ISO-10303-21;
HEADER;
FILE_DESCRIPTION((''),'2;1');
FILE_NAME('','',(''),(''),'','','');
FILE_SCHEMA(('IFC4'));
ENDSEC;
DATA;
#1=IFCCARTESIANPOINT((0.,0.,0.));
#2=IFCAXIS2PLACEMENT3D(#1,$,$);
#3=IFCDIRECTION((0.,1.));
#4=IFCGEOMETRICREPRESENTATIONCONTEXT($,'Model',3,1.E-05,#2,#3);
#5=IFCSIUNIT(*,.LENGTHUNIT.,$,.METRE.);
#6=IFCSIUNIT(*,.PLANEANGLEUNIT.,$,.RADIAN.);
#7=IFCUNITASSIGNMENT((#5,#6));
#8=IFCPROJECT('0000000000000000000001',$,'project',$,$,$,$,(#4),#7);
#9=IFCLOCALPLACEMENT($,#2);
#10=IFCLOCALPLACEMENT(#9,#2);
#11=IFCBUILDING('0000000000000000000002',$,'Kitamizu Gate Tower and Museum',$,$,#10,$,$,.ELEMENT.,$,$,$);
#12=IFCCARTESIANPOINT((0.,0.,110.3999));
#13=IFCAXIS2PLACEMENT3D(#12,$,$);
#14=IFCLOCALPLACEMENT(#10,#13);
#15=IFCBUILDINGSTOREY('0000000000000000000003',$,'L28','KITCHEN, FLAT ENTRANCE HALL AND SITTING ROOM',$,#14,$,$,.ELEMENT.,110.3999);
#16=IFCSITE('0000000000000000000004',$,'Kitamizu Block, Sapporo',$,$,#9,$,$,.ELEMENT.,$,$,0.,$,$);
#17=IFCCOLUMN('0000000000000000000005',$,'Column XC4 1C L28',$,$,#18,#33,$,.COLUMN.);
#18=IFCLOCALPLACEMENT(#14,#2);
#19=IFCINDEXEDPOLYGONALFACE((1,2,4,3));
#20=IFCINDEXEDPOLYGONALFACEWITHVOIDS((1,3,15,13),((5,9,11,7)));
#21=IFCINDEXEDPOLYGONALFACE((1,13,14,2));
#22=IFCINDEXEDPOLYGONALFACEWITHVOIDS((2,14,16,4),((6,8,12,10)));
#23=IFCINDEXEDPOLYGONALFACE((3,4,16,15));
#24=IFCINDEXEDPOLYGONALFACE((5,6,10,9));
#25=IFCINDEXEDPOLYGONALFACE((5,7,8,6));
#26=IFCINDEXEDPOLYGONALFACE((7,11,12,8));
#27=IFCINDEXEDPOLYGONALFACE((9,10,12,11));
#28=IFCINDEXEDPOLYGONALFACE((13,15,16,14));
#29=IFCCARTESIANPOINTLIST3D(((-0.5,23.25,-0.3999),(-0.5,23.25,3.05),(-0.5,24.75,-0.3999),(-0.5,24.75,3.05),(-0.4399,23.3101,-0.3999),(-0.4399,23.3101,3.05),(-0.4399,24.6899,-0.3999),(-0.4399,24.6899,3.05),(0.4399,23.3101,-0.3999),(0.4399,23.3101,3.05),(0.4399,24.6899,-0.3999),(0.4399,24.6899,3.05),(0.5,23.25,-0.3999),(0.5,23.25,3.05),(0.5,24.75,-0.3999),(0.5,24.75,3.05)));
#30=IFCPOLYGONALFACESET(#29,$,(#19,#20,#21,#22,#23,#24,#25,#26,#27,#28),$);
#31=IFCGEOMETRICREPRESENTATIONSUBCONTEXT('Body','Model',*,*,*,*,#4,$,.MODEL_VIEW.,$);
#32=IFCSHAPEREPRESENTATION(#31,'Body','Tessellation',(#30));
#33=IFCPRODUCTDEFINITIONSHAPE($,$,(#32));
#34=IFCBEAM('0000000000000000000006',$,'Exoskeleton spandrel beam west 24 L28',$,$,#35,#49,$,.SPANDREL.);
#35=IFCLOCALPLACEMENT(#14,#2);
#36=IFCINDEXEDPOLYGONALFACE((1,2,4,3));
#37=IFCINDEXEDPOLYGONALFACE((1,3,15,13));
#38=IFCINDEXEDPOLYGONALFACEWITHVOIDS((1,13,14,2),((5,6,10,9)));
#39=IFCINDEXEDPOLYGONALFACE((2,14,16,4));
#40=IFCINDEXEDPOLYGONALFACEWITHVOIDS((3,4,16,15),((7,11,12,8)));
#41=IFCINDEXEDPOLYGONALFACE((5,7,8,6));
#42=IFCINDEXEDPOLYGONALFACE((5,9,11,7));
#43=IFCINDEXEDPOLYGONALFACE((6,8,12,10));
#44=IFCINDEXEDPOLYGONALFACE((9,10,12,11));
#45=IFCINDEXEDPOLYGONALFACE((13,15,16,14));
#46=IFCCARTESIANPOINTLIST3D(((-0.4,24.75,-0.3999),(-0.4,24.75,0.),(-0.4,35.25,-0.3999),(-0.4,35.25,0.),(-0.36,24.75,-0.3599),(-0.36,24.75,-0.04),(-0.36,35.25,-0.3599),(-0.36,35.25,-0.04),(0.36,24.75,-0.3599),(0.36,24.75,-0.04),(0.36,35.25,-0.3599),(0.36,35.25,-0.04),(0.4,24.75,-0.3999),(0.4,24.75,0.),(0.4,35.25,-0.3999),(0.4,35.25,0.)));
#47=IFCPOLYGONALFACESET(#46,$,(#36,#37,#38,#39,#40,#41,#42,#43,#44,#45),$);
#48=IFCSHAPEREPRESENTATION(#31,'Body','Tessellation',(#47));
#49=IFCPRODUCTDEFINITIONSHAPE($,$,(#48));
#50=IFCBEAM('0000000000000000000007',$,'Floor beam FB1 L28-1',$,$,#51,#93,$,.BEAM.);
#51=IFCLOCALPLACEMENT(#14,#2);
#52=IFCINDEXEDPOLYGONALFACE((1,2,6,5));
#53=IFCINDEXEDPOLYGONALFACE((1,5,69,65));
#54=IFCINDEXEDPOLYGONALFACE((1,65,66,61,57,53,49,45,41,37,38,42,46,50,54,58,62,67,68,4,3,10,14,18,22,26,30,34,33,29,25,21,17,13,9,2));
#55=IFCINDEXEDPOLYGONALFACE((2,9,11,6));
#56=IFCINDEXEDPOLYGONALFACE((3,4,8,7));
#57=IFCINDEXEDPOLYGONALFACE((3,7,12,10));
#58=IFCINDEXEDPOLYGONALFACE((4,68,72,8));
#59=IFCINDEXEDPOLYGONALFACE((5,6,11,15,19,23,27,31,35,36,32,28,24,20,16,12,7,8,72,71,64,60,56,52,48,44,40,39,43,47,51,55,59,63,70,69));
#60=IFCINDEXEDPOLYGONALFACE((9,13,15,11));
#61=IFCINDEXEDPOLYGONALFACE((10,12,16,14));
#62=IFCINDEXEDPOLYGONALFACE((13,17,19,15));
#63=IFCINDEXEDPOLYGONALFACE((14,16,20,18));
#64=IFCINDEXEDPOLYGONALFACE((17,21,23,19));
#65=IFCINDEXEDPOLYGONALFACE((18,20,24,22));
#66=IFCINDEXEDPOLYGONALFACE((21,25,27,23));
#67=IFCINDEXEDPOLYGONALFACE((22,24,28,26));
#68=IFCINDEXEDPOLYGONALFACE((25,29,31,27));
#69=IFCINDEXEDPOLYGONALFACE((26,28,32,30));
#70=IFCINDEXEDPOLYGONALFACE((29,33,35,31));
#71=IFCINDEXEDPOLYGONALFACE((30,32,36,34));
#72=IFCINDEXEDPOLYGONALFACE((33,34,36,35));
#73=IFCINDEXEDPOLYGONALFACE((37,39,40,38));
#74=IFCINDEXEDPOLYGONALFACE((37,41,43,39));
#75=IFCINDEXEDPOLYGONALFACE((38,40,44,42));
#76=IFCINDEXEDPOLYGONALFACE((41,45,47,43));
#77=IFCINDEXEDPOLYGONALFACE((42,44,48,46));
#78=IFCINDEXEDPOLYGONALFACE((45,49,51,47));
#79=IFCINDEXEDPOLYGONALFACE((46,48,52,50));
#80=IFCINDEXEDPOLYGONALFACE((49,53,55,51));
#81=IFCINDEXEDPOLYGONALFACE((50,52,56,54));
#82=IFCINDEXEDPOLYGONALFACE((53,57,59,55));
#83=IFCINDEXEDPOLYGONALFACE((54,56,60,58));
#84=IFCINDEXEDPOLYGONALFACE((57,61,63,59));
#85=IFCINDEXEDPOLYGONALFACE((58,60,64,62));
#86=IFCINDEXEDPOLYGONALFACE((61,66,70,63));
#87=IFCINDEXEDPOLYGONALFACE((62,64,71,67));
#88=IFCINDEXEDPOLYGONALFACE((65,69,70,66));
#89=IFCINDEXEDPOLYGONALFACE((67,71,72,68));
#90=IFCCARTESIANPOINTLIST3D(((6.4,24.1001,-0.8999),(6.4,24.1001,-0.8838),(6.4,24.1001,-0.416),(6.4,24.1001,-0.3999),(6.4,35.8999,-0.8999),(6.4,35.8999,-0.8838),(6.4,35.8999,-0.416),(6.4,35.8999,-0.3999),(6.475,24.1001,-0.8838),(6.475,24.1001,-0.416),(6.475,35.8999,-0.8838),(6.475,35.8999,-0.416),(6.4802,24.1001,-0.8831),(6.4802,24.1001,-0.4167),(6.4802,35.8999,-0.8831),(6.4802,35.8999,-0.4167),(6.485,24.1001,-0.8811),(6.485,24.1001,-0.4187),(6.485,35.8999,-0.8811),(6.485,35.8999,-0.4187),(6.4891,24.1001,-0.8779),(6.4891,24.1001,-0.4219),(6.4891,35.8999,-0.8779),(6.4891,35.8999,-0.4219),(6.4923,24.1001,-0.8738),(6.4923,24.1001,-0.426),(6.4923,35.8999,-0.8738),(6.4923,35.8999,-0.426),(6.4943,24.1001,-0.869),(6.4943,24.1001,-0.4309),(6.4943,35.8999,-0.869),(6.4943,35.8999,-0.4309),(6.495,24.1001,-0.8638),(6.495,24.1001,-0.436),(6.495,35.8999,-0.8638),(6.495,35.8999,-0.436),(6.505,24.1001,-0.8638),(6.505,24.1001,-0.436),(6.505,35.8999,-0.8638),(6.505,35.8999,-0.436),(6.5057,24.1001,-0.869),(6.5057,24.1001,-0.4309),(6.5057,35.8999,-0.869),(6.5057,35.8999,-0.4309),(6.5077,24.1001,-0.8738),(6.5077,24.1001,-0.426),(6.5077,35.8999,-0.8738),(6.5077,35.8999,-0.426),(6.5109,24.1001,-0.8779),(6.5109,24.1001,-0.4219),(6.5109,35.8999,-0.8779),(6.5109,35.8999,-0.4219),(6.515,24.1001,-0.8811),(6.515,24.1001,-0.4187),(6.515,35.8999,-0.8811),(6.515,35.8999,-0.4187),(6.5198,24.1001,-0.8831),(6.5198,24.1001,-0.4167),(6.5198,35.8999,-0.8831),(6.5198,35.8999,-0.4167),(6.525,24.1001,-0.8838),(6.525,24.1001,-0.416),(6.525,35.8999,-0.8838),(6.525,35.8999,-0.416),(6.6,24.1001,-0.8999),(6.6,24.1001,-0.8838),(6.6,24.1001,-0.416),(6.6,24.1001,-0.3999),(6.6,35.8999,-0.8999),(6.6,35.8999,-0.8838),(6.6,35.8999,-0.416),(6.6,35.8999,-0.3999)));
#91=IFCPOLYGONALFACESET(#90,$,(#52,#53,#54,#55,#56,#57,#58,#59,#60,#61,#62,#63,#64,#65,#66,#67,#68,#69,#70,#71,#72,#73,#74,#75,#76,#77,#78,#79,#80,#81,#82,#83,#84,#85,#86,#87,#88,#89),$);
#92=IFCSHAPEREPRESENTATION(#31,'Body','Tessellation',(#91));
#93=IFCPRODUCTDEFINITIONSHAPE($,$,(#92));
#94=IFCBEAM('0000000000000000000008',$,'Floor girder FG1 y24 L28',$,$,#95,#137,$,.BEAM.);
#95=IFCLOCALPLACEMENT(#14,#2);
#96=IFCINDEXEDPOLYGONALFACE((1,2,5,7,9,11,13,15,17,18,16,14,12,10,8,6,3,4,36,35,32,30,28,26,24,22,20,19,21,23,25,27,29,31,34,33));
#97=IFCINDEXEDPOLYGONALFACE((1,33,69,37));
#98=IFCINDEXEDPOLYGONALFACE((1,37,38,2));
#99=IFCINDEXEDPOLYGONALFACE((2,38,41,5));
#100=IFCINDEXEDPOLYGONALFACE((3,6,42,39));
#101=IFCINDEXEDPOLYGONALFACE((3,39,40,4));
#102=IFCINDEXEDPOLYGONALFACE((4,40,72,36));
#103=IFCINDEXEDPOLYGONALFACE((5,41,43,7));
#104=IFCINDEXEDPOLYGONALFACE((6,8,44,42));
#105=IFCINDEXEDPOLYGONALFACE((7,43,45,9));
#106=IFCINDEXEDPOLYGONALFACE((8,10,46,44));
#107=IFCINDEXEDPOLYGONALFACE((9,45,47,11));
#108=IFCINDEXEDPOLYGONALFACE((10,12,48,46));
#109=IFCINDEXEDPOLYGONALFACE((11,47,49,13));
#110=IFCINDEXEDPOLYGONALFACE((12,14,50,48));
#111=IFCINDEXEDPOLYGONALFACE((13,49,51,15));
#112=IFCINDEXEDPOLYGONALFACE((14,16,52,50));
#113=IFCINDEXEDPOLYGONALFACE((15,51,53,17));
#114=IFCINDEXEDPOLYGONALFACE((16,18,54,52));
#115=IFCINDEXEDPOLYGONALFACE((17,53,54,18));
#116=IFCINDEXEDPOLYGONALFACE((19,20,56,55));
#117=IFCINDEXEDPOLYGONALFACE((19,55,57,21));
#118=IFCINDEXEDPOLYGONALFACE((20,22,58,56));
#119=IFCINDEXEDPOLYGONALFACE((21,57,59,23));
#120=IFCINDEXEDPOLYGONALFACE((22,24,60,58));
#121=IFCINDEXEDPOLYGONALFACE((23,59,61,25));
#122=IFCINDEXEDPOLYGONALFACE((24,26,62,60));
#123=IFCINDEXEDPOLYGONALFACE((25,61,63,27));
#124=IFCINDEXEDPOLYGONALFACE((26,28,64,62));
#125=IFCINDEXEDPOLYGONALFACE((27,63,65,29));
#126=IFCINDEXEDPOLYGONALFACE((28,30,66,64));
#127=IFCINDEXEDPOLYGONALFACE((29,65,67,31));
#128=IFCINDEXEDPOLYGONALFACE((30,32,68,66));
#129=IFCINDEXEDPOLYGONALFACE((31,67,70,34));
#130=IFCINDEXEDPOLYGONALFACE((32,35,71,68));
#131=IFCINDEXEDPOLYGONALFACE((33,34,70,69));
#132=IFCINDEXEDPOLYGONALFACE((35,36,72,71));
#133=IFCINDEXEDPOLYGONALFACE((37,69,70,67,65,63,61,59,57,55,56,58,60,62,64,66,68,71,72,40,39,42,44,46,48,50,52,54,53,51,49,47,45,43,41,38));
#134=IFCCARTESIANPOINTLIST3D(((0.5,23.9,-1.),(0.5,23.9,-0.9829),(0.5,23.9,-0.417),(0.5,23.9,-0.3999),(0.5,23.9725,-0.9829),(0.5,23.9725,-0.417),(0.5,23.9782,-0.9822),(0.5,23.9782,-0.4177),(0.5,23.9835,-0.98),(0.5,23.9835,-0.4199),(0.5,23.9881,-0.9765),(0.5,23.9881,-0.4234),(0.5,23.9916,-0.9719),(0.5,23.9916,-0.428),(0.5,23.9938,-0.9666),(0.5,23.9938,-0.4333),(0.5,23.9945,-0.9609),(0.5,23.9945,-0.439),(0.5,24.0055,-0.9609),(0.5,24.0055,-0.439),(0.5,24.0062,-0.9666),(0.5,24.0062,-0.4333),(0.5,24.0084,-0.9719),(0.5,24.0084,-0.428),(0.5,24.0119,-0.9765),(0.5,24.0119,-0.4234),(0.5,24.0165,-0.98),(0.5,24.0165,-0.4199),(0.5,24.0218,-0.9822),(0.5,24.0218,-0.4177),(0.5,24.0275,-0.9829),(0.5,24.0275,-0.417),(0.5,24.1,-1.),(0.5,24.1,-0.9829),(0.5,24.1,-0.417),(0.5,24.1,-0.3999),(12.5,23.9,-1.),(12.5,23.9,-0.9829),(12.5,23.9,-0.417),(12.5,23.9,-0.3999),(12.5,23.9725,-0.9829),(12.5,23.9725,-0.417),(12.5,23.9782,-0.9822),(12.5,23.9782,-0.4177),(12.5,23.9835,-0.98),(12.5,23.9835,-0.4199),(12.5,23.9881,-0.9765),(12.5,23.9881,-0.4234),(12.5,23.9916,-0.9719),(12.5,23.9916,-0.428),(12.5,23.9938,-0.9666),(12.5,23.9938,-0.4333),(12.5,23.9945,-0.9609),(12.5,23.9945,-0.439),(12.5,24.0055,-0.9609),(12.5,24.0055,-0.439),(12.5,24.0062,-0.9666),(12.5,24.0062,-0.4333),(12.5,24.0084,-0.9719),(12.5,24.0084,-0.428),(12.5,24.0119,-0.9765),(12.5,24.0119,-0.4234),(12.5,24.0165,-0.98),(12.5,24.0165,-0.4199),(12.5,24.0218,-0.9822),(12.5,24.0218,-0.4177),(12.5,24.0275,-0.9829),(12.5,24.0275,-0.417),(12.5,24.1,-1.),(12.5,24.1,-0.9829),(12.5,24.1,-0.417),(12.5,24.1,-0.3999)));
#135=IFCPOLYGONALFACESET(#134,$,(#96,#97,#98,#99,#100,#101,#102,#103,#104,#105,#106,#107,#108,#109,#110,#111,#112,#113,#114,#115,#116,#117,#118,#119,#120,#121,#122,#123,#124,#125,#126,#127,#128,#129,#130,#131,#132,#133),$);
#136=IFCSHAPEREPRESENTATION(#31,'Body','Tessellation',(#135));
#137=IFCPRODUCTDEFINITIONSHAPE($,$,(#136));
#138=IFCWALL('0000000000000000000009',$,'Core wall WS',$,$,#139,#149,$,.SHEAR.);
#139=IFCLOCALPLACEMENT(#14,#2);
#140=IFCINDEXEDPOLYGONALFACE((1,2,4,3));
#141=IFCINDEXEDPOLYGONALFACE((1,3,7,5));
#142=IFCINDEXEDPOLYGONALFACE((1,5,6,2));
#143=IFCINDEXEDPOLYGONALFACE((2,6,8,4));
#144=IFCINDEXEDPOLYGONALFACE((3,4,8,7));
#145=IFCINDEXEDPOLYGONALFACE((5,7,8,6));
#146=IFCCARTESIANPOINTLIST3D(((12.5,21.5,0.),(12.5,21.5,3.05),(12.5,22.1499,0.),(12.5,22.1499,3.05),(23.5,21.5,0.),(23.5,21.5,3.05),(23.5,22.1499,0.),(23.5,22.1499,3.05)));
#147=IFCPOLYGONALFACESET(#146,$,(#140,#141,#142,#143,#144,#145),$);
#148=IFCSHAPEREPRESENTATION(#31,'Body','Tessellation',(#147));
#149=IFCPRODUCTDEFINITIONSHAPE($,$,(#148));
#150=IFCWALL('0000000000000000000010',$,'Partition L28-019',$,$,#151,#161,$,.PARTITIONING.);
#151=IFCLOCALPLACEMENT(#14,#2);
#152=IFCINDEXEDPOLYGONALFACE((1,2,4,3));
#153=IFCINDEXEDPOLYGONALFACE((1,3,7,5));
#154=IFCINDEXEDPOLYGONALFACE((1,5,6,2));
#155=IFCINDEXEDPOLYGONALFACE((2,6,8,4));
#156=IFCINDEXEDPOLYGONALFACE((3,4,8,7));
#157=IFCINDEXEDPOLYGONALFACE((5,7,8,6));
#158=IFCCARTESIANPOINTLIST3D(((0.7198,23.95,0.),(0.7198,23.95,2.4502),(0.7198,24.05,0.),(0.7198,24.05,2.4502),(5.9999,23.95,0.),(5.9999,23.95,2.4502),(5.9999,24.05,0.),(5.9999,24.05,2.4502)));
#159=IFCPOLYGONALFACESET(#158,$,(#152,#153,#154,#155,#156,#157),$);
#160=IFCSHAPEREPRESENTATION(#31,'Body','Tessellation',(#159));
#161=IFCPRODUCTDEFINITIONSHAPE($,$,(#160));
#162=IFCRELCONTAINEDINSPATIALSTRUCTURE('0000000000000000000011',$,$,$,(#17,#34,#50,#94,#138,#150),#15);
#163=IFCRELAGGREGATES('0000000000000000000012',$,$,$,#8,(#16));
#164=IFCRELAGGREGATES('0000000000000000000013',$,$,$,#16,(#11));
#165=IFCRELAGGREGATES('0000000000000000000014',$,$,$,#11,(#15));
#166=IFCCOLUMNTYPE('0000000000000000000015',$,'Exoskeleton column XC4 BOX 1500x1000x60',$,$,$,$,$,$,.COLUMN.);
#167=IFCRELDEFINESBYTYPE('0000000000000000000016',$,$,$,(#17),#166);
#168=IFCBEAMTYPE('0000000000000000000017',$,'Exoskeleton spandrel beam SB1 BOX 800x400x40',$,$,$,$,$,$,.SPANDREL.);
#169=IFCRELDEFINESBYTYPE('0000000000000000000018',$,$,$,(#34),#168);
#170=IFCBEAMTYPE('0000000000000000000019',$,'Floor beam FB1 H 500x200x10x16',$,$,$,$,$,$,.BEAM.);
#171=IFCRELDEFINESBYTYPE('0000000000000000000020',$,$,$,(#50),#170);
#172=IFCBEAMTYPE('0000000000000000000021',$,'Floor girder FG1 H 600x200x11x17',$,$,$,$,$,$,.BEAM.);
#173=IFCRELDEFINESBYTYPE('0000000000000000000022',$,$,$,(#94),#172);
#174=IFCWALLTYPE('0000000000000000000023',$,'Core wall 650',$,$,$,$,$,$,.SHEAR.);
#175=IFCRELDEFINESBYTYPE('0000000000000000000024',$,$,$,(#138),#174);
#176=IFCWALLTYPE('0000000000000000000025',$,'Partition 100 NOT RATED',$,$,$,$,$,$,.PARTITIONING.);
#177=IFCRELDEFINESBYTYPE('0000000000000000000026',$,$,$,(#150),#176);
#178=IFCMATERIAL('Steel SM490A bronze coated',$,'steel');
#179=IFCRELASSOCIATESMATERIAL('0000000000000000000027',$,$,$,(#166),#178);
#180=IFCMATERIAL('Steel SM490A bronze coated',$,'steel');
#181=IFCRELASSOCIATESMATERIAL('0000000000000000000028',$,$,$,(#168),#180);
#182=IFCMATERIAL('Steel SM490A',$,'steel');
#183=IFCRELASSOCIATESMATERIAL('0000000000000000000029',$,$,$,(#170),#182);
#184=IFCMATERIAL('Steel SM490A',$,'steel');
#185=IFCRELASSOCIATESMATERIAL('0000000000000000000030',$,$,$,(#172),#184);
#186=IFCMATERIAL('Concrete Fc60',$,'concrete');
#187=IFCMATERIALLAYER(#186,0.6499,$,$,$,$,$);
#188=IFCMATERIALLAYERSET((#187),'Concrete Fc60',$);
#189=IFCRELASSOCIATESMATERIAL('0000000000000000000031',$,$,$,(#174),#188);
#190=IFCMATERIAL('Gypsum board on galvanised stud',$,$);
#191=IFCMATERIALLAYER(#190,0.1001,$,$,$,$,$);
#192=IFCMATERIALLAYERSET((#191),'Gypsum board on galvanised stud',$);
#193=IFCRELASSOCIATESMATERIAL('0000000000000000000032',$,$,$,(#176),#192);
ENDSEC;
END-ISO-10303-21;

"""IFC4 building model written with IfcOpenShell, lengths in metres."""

from ifc_helpers import new_model, si_unit, direction, frame, frame_2d, origin, origin_2d, place, context, subcontext, project, spatial, rectangle, hollow_rectangle, i_section, extrude, material, layer, layer_set, material_profile, profile_set, type_object, element, save


model = new_model("IFC4")

# Units and contexts
model_context = context("Model", 3, precision=1e-05, world=origin(), true_north=direction((0.0, 1.0)))
body_context = subcontext(model_context, "Body", "Model", "MODEL_VIEW")
ifc_project = project(units=[si_unit("LENGTHUNIT", "METRE"), si_unit("PLANEANGLEUNIT", "RADIAN")], contexts=[model_context])

# Site, building, storey
site_placement = place(None, origin())
site = spatial("IfcSite", under=ifc_project, at=site_placement, Name="Kitamizu Block, Sapporo", CompositionType="ELEMENT", RefElevation=0.0)
building_placement = place(site_placement, origin())
building = spatial("IfcBuilding", under=site, at=building_placement, Name="Kitamizu Gate Tower and Museum", CompositionType="ELEMENT")
storey_placement = place(building_placement, frame((0.0, 0.0, 110.3999)))
storey = spatial("IfcBuildingStorey", under=building, at=storey_placement, Name="L28", Description="KITCHEN, FLAT ENTRANCE HALL AND SITTING ROOM", CompositionType="ELEMENT", Elevation=110.3999)

# Column
ifc_material_1 = material(Name="Steel SM490A bronze coated", Category="steel")
ifc_material_profile_1 = material_profile(ifc_material_1, hollow_rectangle(XDim=1.5, YDim=1.0, WallThickness=0.0601, at=origin_2d()), Name="BOX 1500x1000x60")
ifc_profile_set_1 = profile_set([ifc_material_profile_1], Name="Steel SM490A bronze coated")
column_type = type_object("IfcColumnType", Name="Exoskeleton column XC4 BOX 1500x1000x60", PredefinedType="COLUMN", material=ifc_profile_set_1)
column_placement = place(storey_placement, frame((0.0, 24.0, -0.3999), z_axis=(0.0, 0.0, 1.0), x_axis=(0.0, 1.0, 0.0)))
element("IfcColumn", 1, at=column_placement, inside=storey, type_object=column_type, Name="Column XC4 1C L28", PredefinedType="COLUMN", context=body_context, shape_type="SweptSolid", body=[
    extrude(hollow_rectangle(XDim=1.5, YDim=1.0, WallThickness=0.0601, at=origin_2d()), origin(), (0.0, 0.0, 1.0), 3.45),
])

# Beams
ifc_material_2 = material(Name="Steel SM490A bronze coated", Category="steel")
ifc_material_profile_2 = material_profile(ifc_material_2, hollow_rectangle(XDim=0.8, YDim=0.3999, WallThickness=0.04, at=origin_2d()), Name="BOX 800x400x40")
ifc_profile_set_2 = profile_set([ifc_material_profile_2], Name="Steel SM490A bronze coated")
beam_type_1 = type_object("IfcBeamType", Name="Exoskeleton spandrel beam SB1 BOX 800x400x40", PredefinedType="SPANDREL", material=ifc_profile_set_2)
beam_1_placement = place(storey_placement, frame((0.0, 24.75, -0.2), z_axis=(0.0, 1.0, 0.0), x_axis=(-1.0, 0.0, 0.0)))
element("IfcBeam", 2, at=beam_1_placement, inside=storey, type_object=beam_type_1, Name="Exoskeleton spandrel beam west 24 L28", PredefinedType="SPANDREL", context=body_context, shape_type="SweptSolid", body=[
    extrude(hollow_rectangle(XDim=0.8, YDim=0.3999, WallThickness=0.04, at=origin_2d()), origin(), (0.0, 0.0, 1.0), 10.5),
])
ifc_material_3 = material(Name="Steel SM490A", Category="steel")
ifc_material_profile_3 = material_profile(ifc_material_3, i_section(OverallWidth=0.2, OverallDepth=0.5, WebThickness=0.01, FlangeThickness=0.0161, FilletRadius=0.02, at=origin_2d()), Name="H-500x200x10x16")
ifc_profile_set_3 = profile_set([ifc_material_profile_3], Name="Steel SM490A")
beam_type_2 = type_object("IfcBeamType", Name="Floor beam FB1 H 500x200x10x16", PredefinedType="BEAM", material=ifc_profile_set_3)
beam_2_placement = place(storey_placement, frame((6.5, 24.1001, -0.6499), z_axis=(0.0, 1.0, 0.0), x_axis=(-1.0, 0.0, 0.0)))
element("IfcBeam", 3, at=beam_2_placement, inside=storey, type_object=beam_type_2, Name="Floor beam FB1 L28-1", PredefinedType="BEAM", context=body_context, shape_type="SweptSolid", body=[
    extrude(i_section(OverallWidth=0.2, OverallDepth=0.5, WebThickness=0.01, FlangeThickness=0.0161, FilletRadius=0.02, at=origin_2d()), origin(), (0.0, 0.0, 1.0), 11.7998),
])
ifc_material_4 = material(Name="Steel SM490A", Category="steel")
ifc_material_profile_4 = material_profile(ifc_material_4, i_section(OverallWidth=0.2, OverallDepth=0.6001, WebThickness=0.011, FlangeThickness=0.0171, FilletRadius=0.022, at=origin_2d()), Name="H-600x200x11x17")
ifc_profile_set_4 = profile_set([ifc_material_profile_4], Name="Steel SM490A")
beam_type_3 = type_object("IfcBeamType", Name="Floor girder FG1 H 600x200x11x17", PredefinedType="BEAM", material=ifc_profile_set_4)
beam_3_placement = place(storey_placement, frame((0.5, 24.0, -0.7), z_axis=(1.0, 0.0, 0.0), x_axis=(0.0, 1.0, 0.0)))
element("IfcBeam", 4, at=beam_3_placement, inside=storey, type_object=beam_type_3, Name="Floor girder FG1 y24 L28", PredefinedType="BEAM", context=body_context, shape_type="SweptSolid", body=[
    extrude(i_section(OverallWidth=0.2, OverallDepth=0.6001, WebThickness=0.011, FlangeThickness=0.0171, FilletRadius=0.022, at=origin_2d()), origin(), (0.0, 0.0, 1.0), 12.0),
])

# Walls
ifc_material_5 = material(Name="Concrete Fc60", Category="concrete")
ifc_layer_1 = layer(ifc_material_5, 0.6499)
ifc_layer_set_1 = layer_set([ifc_layer_1], Name="Concrete Fc60")
wall_type_1 = type_object("IfcWallType", Name="Core wall 650", PredefinedType="SHEAR", material=ifc_layer_set_1)
wall_1_placement = place(storey_placement, frame((12.5, 21.825, 0.0), z_axis=(0.0, 0.0, 1.0), x_axis=(1.0, 0.0, 0.0)))
element("IfcWall", 5, at=wall_1_placement, inside=storey, type_object=wall_type_1, Name="Core wall WS", PredefinedType="SHEAR", context=body_context, shape_type="SweptSolid", body=[
    extrude(rectangle(XDim=11.0, YDim=0.6499, at=frame_2d((5.5, 0.0))), origin(), (0.0, 0.0, 1.0), 3.05),
])
ifc_material_6 = material(Name="Gypsum board on galvanised stud")
ifc_layer_2 = layer(ifc_material_6, 0.1001)
ifc_layer_set_2 = layer_set([ifc_layer_2], Name="Gypsum board on galvanised stud")
wall_type_2 = type_object("IfcWallType", Name="Partition 100 NOT RATED", PredefinedType="PARTITIONING", material=ifc_layer_set_2)
wall_2_placement = place(storey_placement, frame((6.0, 24.0, 0.0), z_axis=(0.0, 0.0, 1.0), x_axis=(-1.0, 0.0, 0.0)))
element("IfcWall", 6, at=wall_2_placement, inside=storey, type_object=wall_type_2, Name="Partition L28-019", PredefinedType="PARTITIONING", context=body_context, shape_type="SweptSolid", body=[
    extrude(rectangle(XDim=5.28, YDim=0.1001, at=frame_2d((2.6401, 0.0))), origin(), (0.0, 0.0, 1.0), 2.4502),
])

save(model, "model.ifc")
